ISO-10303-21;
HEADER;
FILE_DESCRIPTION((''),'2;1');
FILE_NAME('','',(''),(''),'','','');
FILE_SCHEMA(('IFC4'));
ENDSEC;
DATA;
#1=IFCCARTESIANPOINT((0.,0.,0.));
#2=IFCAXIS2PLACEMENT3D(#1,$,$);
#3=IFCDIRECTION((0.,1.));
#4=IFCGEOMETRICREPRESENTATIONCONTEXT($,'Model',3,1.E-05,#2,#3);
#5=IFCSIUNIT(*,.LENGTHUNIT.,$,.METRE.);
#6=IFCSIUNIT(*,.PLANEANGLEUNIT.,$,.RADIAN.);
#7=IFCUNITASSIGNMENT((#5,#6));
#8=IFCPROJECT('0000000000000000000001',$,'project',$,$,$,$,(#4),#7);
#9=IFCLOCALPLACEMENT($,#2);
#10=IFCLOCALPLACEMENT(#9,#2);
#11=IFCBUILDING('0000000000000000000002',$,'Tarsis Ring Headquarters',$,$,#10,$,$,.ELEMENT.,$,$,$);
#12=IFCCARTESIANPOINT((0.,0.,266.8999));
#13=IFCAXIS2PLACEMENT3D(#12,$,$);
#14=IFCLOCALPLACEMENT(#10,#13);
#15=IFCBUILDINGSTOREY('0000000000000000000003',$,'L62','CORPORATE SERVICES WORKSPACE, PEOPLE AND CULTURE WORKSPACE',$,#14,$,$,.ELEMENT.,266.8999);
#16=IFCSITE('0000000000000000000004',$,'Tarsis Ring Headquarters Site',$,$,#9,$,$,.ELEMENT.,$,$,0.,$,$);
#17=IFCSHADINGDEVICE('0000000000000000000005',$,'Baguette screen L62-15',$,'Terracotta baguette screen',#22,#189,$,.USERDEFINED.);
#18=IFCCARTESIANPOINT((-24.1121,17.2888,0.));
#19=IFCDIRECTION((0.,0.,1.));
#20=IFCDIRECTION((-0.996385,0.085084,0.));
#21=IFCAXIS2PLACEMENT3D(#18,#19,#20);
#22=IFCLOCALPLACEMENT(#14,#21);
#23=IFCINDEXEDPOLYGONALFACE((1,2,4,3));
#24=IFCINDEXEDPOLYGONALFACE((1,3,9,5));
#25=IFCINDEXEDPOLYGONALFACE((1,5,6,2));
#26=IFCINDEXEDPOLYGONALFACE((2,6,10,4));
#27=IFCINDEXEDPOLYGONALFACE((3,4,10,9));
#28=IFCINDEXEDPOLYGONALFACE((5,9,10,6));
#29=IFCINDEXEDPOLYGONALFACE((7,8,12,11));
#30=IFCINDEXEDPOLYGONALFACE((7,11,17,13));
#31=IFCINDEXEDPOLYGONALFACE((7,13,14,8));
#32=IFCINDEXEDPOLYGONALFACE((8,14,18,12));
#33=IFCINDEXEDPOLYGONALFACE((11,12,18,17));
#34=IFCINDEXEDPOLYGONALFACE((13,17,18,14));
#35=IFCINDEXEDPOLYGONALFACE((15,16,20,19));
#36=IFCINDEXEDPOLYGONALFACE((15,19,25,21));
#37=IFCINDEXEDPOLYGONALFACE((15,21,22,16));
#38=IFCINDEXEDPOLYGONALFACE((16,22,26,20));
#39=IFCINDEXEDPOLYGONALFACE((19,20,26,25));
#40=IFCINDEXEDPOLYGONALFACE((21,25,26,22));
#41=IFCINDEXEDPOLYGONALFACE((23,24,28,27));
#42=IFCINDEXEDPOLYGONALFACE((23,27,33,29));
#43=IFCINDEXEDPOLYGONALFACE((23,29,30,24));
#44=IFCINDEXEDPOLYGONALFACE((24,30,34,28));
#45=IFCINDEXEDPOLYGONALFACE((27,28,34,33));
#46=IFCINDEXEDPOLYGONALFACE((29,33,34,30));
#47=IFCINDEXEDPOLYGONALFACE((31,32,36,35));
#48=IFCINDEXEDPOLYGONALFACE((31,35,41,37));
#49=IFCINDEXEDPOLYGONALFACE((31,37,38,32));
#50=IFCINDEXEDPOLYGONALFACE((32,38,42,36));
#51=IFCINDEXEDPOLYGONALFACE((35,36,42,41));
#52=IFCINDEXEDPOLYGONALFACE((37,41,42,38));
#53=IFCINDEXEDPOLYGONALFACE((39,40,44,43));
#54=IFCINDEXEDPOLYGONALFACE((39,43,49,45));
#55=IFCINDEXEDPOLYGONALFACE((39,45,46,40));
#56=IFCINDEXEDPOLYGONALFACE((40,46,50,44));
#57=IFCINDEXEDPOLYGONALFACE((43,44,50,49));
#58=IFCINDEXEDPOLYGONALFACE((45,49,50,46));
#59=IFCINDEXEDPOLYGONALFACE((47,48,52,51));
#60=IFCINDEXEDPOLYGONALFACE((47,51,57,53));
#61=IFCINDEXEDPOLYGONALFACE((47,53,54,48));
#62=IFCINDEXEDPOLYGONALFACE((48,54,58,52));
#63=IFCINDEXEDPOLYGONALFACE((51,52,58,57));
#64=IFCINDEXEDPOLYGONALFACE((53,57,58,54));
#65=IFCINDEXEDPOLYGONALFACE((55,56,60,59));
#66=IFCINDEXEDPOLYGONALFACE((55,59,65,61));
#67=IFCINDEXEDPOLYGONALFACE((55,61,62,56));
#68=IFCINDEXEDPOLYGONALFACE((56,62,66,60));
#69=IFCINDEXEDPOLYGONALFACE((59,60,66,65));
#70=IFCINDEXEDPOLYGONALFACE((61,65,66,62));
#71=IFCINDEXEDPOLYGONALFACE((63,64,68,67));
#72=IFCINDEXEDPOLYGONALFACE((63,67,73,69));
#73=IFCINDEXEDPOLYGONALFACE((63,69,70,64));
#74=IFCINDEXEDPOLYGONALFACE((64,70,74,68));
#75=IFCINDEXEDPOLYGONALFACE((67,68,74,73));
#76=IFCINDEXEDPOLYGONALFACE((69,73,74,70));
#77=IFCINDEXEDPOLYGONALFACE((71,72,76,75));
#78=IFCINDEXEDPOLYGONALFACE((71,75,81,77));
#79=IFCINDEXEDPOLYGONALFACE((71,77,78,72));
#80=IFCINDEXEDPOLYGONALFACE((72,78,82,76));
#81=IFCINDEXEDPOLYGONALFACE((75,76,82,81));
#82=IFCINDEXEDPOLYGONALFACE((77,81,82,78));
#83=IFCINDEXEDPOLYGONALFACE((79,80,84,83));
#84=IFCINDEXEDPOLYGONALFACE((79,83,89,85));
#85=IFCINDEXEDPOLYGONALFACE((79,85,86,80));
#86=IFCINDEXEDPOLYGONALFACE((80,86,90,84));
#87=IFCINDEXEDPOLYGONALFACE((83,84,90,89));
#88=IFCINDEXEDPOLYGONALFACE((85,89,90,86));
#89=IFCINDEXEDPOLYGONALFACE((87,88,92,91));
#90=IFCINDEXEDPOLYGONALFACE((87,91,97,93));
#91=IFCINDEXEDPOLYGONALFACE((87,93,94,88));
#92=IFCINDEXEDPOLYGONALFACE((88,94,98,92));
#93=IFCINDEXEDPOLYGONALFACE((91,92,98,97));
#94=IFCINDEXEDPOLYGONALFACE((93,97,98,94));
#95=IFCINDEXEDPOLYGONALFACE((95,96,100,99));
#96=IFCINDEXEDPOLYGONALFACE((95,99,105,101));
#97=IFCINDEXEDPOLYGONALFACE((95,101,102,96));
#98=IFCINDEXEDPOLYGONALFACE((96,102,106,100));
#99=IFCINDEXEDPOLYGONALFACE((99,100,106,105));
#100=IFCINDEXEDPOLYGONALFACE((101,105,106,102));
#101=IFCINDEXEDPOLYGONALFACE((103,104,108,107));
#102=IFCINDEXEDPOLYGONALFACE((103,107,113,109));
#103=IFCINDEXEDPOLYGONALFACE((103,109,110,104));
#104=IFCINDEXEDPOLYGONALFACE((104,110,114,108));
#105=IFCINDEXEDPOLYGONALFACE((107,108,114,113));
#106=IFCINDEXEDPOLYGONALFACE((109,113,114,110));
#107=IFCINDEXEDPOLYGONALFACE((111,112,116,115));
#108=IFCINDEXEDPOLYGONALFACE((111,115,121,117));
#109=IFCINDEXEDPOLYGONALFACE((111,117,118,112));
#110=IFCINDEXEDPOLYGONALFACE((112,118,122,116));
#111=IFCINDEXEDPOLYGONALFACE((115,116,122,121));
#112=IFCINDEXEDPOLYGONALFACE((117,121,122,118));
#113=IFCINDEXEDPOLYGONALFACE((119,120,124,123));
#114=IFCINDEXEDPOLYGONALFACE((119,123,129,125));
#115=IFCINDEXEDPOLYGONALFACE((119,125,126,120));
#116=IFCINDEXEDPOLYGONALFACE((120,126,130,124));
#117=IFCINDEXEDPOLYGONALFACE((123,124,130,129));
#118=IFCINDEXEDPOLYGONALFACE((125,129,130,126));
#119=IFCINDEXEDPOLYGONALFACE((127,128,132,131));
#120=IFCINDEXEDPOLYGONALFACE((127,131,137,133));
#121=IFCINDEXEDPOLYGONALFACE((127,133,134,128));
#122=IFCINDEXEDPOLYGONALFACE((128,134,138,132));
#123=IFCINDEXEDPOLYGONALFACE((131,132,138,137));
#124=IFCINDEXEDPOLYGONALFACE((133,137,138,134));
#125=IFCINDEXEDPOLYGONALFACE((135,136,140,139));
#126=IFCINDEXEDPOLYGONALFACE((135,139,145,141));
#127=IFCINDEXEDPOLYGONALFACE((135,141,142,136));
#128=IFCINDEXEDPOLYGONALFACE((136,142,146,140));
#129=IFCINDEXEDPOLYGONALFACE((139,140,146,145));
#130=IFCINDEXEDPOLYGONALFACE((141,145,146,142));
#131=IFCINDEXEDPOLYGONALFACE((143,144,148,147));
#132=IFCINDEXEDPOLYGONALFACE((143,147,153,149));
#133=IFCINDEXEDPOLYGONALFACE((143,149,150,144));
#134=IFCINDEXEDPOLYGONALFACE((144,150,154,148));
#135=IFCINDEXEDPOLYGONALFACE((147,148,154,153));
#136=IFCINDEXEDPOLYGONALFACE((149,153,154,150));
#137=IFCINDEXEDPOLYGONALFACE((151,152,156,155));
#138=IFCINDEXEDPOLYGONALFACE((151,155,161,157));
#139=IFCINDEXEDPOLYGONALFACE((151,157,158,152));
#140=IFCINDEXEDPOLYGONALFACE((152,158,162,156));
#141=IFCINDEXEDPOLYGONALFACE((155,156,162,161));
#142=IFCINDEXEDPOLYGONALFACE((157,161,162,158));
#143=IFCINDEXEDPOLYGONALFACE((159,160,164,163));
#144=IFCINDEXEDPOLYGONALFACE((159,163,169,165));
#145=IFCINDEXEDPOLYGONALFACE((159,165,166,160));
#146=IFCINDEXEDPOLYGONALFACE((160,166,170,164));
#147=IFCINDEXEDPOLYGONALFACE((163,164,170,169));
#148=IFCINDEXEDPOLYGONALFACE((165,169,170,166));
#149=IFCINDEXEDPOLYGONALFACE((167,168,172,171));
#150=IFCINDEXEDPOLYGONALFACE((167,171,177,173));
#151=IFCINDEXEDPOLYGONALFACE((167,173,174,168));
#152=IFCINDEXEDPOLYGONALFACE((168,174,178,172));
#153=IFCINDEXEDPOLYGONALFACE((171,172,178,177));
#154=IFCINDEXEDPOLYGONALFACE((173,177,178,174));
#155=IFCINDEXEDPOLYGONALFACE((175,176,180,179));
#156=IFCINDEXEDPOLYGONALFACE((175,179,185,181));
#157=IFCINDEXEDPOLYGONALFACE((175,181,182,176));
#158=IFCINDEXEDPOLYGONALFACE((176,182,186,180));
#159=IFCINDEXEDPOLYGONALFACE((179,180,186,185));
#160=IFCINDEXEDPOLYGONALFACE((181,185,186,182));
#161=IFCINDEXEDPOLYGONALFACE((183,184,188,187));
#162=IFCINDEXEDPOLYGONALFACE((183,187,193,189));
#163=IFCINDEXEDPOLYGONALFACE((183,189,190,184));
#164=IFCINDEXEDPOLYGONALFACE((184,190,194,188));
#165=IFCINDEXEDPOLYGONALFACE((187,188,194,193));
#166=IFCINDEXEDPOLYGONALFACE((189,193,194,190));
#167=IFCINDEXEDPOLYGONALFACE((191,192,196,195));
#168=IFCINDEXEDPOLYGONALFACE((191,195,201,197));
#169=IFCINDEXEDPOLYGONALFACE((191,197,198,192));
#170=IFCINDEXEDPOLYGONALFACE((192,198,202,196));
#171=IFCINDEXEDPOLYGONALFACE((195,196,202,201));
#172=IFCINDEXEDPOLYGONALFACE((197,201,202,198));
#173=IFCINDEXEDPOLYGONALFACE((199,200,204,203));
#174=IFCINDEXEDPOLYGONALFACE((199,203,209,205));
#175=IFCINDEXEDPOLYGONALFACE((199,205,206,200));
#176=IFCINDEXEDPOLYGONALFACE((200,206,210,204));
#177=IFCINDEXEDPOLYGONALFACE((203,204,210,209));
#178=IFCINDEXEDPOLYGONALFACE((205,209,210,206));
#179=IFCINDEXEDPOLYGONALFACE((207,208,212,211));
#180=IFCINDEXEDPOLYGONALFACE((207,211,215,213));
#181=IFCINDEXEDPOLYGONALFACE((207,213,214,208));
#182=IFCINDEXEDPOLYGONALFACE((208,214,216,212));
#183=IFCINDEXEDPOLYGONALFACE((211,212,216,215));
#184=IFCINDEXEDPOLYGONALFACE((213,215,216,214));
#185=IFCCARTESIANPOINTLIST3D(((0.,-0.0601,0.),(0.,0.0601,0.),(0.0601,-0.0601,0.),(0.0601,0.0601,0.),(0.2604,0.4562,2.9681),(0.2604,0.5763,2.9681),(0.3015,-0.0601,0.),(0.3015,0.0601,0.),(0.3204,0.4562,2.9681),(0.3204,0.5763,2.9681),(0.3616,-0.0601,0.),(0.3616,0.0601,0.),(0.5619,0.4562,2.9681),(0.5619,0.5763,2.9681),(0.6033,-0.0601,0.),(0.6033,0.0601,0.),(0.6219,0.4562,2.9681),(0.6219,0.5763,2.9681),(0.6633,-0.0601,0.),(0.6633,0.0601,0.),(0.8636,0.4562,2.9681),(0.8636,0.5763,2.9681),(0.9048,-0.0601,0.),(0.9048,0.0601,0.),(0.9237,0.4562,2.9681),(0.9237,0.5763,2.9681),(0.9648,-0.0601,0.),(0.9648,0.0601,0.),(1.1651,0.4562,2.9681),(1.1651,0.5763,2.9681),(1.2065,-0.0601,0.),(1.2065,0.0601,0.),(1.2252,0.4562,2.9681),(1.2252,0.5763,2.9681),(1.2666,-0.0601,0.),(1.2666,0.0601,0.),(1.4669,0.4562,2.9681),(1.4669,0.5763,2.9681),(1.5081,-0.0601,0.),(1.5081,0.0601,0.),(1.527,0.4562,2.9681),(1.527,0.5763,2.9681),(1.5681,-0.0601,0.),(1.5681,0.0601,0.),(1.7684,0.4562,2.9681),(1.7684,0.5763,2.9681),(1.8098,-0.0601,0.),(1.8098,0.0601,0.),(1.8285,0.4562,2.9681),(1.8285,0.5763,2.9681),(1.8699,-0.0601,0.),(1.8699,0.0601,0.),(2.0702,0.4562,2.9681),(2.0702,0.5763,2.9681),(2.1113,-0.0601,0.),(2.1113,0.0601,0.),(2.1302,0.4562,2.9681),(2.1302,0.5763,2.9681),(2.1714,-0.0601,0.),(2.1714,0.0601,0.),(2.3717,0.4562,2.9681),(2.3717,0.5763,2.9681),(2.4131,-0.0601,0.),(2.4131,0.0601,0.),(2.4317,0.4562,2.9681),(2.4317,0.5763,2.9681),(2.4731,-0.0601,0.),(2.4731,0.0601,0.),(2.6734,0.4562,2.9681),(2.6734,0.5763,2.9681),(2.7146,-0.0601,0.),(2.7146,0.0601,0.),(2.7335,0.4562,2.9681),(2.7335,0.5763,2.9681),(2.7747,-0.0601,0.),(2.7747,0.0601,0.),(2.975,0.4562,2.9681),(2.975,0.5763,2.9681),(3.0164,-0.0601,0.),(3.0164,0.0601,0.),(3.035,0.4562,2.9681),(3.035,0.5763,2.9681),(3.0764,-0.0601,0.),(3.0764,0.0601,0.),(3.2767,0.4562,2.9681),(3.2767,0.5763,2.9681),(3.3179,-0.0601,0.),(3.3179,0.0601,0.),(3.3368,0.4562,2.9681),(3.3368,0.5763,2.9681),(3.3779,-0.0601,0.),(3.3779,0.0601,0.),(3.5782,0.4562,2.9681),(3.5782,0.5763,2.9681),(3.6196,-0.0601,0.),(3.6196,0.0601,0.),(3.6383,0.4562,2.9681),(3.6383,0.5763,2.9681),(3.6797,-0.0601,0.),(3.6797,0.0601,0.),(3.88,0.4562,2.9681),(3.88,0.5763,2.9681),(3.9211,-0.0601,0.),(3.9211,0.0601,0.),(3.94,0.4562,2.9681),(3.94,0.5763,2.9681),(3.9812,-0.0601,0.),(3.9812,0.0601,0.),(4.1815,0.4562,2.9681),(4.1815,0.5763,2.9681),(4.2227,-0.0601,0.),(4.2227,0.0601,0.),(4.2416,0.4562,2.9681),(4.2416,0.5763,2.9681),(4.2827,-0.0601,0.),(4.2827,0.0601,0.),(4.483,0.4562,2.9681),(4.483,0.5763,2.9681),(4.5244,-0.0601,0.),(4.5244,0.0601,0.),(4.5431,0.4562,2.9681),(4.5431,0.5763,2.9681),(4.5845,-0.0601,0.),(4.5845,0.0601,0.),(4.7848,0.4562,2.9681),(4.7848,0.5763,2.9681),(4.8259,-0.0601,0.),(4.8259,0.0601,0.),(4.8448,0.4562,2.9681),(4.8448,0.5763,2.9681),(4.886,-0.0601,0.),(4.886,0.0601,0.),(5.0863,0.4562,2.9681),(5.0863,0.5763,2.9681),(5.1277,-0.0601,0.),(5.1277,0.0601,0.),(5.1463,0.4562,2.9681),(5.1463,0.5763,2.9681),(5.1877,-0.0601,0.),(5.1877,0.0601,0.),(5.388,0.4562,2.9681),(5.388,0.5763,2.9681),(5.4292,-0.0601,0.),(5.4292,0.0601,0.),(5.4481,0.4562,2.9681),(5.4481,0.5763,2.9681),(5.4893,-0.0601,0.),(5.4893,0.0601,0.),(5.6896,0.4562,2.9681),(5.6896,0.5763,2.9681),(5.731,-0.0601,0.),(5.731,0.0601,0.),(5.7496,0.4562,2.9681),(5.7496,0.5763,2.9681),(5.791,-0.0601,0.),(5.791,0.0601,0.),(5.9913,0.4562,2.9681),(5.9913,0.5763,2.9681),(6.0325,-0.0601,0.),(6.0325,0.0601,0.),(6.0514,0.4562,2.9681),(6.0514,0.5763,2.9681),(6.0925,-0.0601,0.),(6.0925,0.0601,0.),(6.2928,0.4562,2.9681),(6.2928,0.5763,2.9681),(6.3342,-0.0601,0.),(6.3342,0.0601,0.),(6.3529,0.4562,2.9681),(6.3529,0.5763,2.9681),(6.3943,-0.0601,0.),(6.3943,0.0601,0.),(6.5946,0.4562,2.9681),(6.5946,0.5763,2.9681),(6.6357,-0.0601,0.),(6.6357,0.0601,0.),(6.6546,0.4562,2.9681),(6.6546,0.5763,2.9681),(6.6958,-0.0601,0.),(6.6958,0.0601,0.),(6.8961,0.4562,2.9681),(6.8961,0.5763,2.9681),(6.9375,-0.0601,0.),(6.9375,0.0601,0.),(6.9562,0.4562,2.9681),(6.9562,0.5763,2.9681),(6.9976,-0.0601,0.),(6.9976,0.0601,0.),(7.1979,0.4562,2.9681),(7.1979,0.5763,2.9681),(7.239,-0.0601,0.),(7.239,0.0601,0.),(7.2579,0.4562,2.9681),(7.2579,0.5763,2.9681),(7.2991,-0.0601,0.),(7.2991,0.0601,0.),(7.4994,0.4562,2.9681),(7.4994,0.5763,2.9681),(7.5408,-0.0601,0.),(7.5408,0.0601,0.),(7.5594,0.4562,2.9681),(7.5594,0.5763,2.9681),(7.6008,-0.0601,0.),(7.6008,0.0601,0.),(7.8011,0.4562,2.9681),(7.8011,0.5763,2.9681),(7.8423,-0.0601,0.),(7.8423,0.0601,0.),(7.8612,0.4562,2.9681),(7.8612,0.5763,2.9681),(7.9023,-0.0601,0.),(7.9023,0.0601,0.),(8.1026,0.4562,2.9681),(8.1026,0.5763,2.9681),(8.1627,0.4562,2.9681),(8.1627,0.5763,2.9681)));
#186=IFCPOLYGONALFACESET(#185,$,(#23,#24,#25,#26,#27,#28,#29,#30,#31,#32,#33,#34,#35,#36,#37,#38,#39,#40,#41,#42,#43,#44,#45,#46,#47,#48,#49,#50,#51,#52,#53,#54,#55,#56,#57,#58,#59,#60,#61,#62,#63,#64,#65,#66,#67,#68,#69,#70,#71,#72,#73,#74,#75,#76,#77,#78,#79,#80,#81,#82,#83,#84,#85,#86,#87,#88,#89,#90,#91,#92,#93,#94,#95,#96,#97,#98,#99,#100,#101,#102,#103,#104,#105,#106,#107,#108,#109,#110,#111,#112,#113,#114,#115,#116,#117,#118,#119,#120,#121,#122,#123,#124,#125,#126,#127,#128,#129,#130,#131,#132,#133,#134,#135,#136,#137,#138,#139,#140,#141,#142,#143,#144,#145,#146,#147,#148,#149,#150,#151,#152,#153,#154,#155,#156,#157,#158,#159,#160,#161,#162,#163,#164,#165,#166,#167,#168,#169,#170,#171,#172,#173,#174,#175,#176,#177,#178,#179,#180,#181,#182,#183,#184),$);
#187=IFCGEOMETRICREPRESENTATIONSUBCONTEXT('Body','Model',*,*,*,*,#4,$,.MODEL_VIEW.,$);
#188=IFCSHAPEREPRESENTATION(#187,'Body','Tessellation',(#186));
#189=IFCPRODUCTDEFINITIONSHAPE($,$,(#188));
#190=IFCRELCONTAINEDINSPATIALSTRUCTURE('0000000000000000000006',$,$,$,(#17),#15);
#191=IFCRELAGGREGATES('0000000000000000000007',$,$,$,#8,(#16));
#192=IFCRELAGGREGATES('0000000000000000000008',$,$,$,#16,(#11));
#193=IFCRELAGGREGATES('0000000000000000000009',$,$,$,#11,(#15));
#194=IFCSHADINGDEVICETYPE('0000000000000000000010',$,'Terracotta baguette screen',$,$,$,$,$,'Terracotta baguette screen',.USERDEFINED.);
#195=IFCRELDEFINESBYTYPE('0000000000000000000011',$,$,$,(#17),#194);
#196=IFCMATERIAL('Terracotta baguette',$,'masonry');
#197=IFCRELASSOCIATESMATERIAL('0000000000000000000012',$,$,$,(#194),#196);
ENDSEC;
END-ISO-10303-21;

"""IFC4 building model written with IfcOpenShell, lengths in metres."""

from ifc_helpers import new_model, si_unit, direction, frame, frame_2d, origin, place, context, subcontext, project, spatial, rectangle, composite_profile, extrude, material, type_object, element, save


model = new_model("IFC4")

# Units and contexts
model_context = context("Model", 3, precision=1e-05, world=origin(), true_north=direction((0.0, 1.0)))
body_context = subcontext(model_context, "Body", "Model", "MODEL_VIEW")
ifc_project = project(units=[si_unit("LENGTHUNIT", "METRE"), si_unit("PLANEANGLEUNIT", "RADIAN")], contexts=[model_context])

# Site, building, storey
site_placement = place(None, origin())
site = spatial("IfcSite", under=ifc_project, at=site_placement, Name="Tarsis Ring Headquarters Site", CompositionType="ELEMENT", RefElevation=0.0)
building_placement = place(site_placement, origin())
building = spatial("IfcBuilding", under=site, at=building_placement, Name="Tarsis Ring Headquarters", CompositionType="ELEMENT")
storey_placement = place(building_placement, frame((0.0, 0.0, 266.8999)))
storey = spatial("IfcBuildingStorey", under=building, at=storey_placement, Name="L62", Description="CORPORATE SERVICES WORKSPACE, PEOPLE AND CULTURE WORKSPACE", CompositionType="ELEMENT", Elevation=266.8999)

# Shading device
ifc_material_1 = material(Name="Terracotta baguette", Category="masonry")
shading_device_type = type_object("IfcShadingDeviceType", Name="Terracotta baguette screen", ElementType="Terracotta baguette screen", PredefinedType="USERDEFINED", material=ifc_material_1)
shading_device_1_placement = place(storey_placement, frame((-24.1121, 17.2888, 0.0), z_axis=(0.0, 0.0, 1.0), x_axis=(-0.996385, 0.085084, 0.0)))
element("IfcShadingDevice", 1, at=shading_device_1_placement, inside=storey, type_object=shading_device_type, Name="Baguette screen L62-15", ObjectType="Terracotta baguette screen", PredefinedType="USERDEFINED", context=body_context, shape_type="SweptSolid", body=[
    extrude(composite_profile([rectangle(XDim=0.0601, YDim=0.1201, at=frame_2d((0.03, 0.0))), rectangle(XDim=0.0601, YDim=0.1201, at=frame_2d((0.3315, 0.0))), rectangle(XDim=0.0601, YDim=0.1201, at=frame_2d((0.6333, 0.0))), rectangle(XDim=0.0601, YDim=0.1201, at=frame_2d((0.9348, 0.0))), rectangle(XDim=0.0601, YDim=0.1201, at=frame_2d((1.2366, 0.0))), rectangle(XDim=0.0601, YDim=0.1201, at=frame_2d((1.5381, 0.0))), rectangle(XDim=0.0601, YDim=0.1201, at=frame_2d((1.8398, 0.0))), rectangle(XDim=0.0601, YDim=0.1201, at=frame_2d((2.1414, 0.0))), rectangle(XDim=0.0601, YDim=0.1201, at=frame_2d((2.4431, 0.0))), rectangle(XDim=0.0601, YDim=0.1201, at=frame_2d((2.7446, 0.0))), rectangle(XDim=0.0601, YDim=0.1201, at=frame_2d((3.0464, 0.0))), rectangle(XDim=0.0601, YDim=0.1201, at=frame_2d((3.3479, 0.0))), rectangle(XDim=0.0601, YDim=0.1201, at=frame_2d((3.6497, 0.0))), rectangle(XDim=0.0601, YDim=0.1201, at=frame_2d((3.9512, 0.0))), rectangle(XDim=0.0601, YDim=0.1201, at=frame_2d((4.2527, 0.0))), rectangle(XDim=0.0601, YDim=0.1201, at=frame_2d((4.5544, 0.0))), rectangle(XDim=0.0601, YDim=0.1201, at=frame_2d((4.856, 0.0))), rectangle(XDim=0.0601, YDim=0.1201, at=frame_2d((5.1577, 0.0))), rectangle(XDim=0.0601, YDim=0.1201, at=frame_2d((5.4592, 0.0))), rectangle(XDim=0.0601, YDim=0.1201, at=frame_2d((5.761, 0.0))), rectangle(XDim=0.0601, YDim=0.1201, at=frame_2d((6.0625, 0.0))), rectangle(XDim=0.0601, YDim=0.1201, at=frame_2d((6.3643, 0.0))), rectangle(XDim=0.0601, YDim=0.1201, at=frame_2d((6.6658, 0.0))), rectangle(XDim=0.0601, YDim=0.1201, at=frame_2d((6.9675, 0.0))), rectangle(XDim=0.0601, YDim=0.1201, at=frame_2d((7.269, 0.0))), rectangle(XDim=0.0601, YDim=0.1201, at=frame_2d((7.5708, 0.0))), rectangle(XDim=0.0601, YDim=0.1201, at=frame_2d((7.8723, 0.0)))]), origin(), (0.0861, 0.170724, 0.98155), 3.0239),
])

save(model, "model.ifc")
